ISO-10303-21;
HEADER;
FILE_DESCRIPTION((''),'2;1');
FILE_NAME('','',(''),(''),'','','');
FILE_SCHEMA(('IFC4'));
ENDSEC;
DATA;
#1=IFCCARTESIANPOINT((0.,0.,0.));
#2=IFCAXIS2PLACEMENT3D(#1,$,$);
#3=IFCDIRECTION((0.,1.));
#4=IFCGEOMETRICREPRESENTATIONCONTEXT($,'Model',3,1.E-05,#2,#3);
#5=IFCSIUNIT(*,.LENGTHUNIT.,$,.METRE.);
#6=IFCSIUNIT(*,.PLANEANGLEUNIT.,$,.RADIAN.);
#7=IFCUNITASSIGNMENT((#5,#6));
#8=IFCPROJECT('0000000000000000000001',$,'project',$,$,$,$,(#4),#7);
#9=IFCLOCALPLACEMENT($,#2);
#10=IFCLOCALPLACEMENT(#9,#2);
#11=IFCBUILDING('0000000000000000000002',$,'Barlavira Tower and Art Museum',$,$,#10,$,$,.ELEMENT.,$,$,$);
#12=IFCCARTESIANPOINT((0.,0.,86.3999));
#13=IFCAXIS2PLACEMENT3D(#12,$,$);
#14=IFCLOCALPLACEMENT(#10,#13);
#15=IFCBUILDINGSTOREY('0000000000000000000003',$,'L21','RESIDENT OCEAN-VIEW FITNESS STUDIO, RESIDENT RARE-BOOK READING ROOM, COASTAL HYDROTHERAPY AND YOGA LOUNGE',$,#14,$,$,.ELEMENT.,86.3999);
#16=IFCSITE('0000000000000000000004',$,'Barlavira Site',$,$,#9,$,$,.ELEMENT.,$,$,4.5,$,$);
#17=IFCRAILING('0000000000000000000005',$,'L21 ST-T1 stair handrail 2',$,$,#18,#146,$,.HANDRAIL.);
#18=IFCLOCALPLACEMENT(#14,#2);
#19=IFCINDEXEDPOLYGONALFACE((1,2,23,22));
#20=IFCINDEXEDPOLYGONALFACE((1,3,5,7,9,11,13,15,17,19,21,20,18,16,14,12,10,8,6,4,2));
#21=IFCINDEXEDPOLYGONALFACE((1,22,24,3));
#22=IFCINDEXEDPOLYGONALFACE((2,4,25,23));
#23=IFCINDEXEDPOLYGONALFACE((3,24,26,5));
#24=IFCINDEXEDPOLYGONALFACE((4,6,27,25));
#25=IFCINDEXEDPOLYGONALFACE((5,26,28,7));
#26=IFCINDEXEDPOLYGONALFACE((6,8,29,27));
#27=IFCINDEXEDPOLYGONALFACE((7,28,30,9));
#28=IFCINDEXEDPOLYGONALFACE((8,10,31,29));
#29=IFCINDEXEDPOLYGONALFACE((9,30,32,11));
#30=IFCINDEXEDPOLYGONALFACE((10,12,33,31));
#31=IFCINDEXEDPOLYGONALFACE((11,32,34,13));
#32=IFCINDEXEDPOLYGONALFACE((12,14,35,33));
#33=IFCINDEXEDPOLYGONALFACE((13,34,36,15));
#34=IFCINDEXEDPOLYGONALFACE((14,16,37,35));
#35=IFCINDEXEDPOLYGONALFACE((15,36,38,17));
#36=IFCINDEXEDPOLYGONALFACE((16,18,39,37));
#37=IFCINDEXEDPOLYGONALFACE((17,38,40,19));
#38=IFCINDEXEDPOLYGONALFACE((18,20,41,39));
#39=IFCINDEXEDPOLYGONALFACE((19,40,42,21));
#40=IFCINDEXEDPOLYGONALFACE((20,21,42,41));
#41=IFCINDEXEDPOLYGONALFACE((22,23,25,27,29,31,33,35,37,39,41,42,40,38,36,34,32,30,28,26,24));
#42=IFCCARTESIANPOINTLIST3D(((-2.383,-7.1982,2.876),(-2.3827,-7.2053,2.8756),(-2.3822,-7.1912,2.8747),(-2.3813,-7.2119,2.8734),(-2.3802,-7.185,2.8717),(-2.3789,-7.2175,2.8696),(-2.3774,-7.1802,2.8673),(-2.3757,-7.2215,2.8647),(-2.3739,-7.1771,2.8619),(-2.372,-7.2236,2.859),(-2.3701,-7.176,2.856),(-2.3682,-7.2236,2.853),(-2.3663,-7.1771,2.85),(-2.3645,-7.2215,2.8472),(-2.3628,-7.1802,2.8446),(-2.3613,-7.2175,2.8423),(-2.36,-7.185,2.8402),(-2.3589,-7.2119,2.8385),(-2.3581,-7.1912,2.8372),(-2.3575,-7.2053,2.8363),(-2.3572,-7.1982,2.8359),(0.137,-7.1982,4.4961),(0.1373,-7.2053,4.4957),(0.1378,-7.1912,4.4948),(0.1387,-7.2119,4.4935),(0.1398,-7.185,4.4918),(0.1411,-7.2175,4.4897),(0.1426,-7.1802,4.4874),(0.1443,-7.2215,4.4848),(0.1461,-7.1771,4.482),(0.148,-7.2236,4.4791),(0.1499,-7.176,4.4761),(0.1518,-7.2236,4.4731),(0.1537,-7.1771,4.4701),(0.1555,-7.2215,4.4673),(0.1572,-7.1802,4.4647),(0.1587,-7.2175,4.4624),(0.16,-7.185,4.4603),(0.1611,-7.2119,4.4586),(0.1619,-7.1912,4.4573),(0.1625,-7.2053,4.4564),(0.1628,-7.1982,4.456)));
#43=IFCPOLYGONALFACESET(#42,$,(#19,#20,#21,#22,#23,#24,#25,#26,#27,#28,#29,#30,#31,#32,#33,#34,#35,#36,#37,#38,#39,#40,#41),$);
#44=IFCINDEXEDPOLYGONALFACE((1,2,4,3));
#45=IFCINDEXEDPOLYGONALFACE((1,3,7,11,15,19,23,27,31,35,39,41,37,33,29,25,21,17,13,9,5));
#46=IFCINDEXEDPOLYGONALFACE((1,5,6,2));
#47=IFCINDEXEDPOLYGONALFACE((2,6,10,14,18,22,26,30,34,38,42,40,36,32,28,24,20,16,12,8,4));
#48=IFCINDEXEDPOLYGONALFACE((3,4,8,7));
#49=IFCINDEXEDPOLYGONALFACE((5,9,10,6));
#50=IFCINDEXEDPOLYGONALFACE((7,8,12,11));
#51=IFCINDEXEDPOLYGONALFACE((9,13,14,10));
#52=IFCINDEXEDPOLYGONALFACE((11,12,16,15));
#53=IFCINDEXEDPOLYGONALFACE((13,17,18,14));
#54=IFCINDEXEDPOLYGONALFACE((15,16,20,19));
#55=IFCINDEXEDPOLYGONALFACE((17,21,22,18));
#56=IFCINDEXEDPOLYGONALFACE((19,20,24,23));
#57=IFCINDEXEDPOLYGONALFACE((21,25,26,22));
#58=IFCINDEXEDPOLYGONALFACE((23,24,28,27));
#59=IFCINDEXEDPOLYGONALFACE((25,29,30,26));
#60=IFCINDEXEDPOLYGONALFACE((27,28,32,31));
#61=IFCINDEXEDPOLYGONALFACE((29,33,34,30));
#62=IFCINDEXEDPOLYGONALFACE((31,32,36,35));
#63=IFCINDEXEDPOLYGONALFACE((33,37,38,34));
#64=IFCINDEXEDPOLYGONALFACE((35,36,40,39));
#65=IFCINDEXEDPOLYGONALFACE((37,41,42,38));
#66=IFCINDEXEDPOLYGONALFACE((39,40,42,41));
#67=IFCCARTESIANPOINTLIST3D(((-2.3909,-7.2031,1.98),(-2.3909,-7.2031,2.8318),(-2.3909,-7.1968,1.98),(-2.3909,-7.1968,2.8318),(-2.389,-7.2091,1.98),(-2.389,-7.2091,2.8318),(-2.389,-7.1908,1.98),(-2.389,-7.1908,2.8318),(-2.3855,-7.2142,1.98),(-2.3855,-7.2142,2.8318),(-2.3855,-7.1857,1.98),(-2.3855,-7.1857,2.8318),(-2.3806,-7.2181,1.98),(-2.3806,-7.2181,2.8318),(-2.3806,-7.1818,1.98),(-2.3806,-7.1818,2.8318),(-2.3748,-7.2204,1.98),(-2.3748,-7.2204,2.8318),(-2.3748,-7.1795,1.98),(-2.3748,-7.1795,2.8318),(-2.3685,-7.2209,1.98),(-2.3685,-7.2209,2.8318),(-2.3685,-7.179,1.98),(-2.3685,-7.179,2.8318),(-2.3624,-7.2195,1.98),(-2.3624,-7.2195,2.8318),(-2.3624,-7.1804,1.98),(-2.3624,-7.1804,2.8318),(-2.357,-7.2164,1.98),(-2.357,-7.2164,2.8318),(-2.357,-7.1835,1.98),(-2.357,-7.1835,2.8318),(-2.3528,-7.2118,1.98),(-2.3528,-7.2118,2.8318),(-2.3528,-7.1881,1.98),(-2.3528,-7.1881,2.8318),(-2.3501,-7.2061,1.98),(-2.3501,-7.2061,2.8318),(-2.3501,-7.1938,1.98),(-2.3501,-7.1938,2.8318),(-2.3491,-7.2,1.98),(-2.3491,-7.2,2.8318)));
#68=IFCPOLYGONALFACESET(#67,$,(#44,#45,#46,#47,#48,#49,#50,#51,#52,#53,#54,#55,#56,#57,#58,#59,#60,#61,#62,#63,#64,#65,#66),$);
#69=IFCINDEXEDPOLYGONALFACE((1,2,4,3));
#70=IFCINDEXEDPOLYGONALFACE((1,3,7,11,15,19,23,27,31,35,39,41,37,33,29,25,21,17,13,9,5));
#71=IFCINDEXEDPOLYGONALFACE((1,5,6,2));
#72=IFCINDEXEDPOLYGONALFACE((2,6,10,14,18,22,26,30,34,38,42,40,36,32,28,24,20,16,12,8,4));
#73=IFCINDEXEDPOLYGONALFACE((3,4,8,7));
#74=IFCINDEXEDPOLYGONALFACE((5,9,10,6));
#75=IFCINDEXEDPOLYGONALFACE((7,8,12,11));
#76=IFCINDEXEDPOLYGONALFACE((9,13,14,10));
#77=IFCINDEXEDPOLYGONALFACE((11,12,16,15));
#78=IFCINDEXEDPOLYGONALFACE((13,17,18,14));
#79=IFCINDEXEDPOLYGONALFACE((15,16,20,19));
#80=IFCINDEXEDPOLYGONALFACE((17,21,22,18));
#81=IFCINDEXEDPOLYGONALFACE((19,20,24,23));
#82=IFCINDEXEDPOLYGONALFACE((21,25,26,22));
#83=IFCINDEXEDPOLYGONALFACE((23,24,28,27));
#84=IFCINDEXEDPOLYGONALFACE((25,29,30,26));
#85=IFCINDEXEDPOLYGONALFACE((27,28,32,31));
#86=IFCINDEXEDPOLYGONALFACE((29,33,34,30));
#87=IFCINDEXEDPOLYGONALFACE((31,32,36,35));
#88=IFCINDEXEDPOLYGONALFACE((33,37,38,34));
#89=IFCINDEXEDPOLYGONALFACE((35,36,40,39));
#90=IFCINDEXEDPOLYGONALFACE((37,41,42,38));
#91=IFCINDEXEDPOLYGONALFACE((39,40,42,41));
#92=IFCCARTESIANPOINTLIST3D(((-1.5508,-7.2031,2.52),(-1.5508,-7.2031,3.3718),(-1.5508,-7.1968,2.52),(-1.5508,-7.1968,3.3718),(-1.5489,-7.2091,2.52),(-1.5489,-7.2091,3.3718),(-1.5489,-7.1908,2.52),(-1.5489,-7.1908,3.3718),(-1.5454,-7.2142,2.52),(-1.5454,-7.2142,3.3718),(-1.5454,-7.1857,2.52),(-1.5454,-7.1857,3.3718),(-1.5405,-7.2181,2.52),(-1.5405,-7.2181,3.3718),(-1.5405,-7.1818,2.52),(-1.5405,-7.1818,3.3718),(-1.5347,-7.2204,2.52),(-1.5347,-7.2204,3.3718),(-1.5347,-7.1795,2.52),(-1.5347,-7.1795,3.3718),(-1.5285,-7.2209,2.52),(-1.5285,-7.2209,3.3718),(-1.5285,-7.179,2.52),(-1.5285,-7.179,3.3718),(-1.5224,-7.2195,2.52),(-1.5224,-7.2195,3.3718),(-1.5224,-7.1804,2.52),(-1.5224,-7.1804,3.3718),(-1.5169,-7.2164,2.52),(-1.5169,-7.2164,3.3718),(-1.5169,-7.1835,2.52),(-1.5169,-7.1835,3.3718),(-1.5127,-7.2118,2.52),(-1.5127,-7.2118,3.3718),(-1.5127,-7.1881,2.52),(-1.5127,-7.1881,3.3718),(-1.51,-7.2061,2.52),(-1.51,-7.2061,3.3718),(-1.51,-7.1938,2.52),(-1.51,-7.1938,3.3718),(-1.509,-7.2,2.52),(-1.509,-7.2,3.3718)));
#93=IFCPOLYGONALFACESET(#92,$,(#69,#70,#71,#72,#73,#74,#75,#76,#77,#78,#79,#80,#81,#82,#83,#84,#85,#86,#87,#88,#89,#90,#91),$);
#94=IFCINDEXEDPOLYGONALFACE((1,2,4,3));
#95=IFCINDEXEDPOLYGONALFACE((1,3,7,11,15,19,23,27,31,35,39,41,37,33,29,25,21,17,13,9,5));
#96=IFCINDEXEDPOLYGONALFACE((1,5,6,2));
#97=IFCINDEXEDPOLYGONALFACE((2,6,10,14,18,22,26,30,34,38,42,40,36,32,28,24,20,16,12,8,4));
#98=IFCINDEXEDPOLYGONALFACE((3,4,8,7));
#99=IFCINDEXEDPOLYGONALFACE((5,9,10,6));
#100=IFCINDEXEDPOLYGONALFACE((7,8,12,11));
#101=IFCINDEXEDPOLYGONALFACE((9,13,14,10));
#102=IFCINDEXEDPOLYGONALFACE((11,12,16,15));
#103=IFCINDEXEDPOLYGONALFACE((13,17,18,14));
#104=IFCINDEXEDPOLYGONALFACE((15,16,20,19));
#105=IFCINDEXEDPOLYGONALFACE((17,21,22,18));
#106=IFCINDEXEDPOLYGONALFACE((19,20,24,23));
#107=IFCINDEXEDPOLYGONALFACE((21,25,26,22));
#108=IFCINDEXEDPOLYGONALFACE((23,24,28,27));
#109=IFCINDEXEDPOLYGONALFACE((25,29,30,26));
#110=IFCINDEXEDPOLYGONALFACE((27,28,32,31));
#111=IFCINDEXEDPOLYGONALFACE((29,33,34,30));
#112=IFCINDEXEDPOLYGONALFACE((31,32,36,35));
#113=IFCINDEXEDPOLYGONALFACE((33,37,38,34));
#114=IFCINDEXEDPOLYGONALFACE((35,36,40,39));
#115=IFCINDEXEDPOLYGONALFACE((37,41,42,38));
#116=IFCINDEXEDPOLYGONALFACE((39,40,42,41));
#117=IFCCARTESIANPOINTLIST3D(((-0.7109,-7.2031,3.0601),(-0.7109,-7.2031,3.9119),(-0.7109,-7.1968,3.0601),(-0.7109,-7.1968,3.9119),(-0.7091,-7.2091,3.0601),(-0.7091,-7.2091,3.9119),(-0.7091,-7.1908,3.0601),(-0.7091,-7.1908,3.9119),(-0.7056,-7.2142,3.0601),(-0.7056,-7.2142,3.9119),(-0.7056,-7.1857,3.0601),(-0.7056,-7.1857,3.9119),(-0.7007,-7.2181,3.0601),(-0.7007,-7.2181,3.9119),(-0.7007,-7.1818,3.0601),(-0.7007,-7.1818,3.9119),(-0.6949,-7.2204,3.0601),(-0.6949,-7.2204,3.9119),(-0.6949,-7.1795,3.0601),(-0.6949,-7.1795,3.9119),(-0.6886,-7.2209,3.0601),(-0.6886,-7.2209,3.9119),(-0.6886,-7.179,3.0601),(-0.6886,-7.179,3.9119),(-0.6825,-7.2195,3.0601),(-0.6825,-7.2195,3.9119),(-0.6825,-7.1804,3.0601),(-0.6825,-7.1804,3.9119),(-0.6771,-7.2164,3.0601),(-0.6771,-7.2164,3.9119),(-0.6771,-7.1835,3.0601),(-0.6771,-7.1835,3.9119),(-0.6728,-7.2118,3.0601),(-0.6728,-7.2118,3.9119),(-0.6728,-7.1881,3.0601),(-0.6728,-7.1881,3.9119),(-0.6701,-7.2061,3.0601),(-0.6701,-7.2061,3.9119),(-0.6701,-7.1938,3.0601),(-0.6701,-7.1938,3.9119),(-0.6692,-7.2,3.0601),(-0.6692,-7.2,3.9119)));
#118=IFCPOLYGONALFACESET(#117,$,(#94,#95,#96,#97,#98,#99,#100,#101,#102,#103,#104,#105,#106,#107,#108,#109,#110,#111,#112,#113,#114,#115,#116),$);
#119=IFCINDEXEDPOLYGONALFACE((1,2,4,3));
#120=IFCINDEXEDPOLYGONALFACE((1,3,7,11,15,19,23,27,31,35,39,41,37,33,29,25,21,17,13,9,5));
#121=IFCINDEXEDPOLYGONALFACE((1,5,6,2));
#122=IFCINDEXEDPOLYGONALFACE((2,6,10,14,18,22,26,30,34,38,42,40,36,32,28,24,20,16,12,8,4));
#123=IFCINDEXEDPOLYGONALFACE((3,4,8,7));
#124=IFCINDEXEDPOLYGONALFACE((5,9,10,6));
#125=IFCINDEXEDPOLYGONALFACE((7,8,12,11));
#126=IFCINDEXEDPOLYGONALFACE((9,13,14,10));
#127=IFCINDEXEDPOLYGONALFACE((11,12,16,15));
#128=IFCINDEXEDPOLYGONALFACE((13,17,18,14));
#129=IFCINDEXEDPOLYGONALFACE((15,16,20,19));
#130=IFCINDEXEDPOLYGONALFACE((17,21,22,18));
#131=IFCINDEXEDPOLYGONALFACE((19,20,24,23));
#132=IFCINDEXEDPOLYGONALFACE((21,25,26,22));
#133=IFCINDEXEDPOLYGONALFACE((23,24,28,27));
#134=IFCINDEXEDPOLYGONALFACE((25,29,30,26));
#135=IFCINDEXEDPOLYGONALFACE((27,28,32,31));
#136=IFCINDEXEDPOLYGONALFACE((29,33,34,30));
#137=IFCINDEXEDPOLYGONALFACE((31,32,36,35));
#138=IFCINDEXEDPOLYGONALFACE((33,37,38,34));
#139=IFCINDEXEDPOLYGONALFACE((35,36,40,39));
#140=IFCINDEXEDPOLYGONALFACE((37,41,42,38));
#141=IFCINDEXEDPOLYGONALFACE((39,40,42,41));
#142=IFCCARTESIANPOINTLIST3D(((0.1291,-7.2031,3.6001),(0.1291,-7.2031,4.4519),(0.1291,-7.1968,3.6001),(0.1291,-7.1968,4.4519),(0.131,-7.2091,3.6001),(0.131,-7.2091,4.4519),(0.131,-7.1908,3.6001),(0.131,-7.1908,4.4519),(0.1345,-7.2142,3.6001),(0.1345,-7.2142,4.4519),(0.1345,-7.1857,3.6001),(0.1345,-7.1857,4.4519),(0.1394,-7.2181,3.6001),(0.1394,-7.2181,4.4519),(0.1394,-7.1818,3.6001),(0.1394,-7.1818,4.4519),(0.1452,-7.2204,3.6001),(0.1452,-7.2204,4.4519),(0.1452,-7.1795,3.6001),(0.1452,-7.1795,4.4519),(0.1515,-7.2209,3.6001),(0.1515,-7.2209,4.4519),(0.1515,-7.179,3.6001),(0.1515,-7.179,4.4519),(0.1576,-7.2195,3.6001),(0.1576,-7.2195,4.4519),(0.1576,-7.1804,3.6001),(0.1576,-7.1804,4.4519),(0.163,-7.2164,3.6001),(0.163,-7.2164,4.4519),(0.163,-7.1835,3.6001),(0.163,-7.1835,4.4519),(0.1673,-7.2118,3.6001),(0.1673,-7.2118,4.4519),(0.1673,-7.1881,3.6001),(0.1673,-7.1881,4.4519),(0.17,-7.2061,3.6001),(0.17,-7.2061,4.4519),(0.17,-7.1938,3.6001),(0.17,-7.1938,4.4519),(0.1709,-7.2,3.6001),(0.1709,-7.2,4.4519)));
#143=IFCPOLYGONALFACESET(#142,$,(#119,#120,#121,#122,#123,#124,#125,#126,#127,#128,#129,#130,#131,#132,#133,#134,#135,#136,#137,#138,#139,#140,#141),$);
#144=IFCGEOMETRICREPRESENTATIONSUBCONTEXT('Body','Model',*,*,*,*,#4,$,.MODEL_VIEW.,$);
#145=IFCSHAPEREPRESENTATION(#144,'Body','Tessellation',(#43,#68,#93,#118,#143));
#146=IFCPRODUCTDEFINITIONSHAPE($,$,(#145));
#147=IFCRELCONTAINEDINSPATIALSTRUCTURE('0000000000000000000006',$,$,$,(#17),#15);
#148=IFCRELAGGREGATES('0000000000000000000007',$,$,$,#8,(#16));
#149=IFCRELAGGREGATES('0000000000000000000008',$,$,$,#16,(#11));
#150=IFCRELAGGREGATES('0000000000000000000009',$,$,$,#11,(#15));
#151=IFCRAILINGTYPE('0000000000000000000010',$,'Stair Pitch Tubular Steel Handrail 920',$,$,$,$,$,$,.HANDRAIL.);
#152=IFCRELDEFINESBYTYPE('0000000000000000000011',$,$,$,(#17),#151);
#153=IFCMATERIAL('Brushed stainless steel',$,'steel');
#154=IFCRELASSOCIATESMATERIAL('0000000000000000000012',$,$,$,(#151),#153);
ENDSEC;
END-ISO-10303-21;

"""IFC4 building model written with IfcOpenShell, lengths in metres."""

from ifc_helpers import new_model, si_unit, direction, frame, origin, origin_2d, place, context, subcontext, project, spatial, circle, extrude, material, type_object, element, save


model = new_model("IFC4")

# Units and contexts
model_context = context("Model", 3, precision=1e-05, world=origin(), true_north=direction((0.0, 1.0)))
body_context = subcontext(model_context, "Body", "Model", "MODEL_VIEW")
ifc_project = project(units=[si_unit("LENGTHUNIT", "METRE"), si_unit("PLANEANGLEUNIT", "RADIAN")], contexts=[model_context])

# Site, building, storey
site_placement = place(None, origin())
site = spatial("IfcSite", under=ifc_project, at=site_placement, Name="Barlavira Site", CompositionType="ELEMENT", RefElevation=4.5)
building_placement = place(site_placement, origin())
building = spatial("IfcBuilding", under=site, at=building_placement, Name="Barlavira Tower and Art Museum", CompositionType="ELEMENT")
storey_placement = place(building_placement, frame((0.0, 0.0, 86.3999)))
storey = spatial("IfcBuildingStorey", under=building, at=storey_placement, Name="L21", Description="RESIDENT OCEAN-VIEW FITNESS STUDIO, RESIDENT RARE-BOOK READING ROOM, COASTAL HYDROTHERAPY AND YOGA LOUNGE", CompositionType="ELEMENT", Elevation=86.3999)

# Shared definitions
ifc_material_1 = material(Name="Brushed stainless steel", Category="steel")

# Railing
railing_type_1 = type_object("IfcRailingType", Name="Stair Pitch Tubular Steel Handrail 920", PredefinedType="HANDRAIL", material=ifc_material_1)
railing_1_placement = place(storey_placement, frame((-2.3701, -7.2, 1.98)))
element("IfcRailing", 1, at=railing_1_placement, inside=storey, type_object=railing_type_1, Name="L21 ST-T1 stair handrail 2", PredefinedType="HANDRAIL", context=body_context, shape_type="SweptSolid", body=[
    extrude(circle(Radius=0.0239, at=origin_2d()), frame((0.0, 0.0, 0.876), z_axis=(0.841163, 0.0, 0.540782), x_axis=(0.0, 1.0, 0.0)), (0.0, 0.0, 1.0), 2.9958),
    extrude(circle(Radius=0.021, at=origin_2d()), origin(), (0.0, 0.0, 1.0), 0.8518),
    extrude(circle(Radius=0.021, at=origin_2d()), frame((0.8401, 0.0, 0.54)), (0.0, 0.0, 1.0), 0.8518),
    extrude(circle(Radius=0.021, at=origin_2d()), frame((1.6799, 0.0, 1.0801)), (0.0, 0.0, 1.0), 0.8518),
    extrude(circle(Radius=0.021, at=origin_2d()), frame((2.52, 0.0, 1.6201)), (0.0, 0.0, 1.0), 0.8518),
])

save(model, "model.ifc")
